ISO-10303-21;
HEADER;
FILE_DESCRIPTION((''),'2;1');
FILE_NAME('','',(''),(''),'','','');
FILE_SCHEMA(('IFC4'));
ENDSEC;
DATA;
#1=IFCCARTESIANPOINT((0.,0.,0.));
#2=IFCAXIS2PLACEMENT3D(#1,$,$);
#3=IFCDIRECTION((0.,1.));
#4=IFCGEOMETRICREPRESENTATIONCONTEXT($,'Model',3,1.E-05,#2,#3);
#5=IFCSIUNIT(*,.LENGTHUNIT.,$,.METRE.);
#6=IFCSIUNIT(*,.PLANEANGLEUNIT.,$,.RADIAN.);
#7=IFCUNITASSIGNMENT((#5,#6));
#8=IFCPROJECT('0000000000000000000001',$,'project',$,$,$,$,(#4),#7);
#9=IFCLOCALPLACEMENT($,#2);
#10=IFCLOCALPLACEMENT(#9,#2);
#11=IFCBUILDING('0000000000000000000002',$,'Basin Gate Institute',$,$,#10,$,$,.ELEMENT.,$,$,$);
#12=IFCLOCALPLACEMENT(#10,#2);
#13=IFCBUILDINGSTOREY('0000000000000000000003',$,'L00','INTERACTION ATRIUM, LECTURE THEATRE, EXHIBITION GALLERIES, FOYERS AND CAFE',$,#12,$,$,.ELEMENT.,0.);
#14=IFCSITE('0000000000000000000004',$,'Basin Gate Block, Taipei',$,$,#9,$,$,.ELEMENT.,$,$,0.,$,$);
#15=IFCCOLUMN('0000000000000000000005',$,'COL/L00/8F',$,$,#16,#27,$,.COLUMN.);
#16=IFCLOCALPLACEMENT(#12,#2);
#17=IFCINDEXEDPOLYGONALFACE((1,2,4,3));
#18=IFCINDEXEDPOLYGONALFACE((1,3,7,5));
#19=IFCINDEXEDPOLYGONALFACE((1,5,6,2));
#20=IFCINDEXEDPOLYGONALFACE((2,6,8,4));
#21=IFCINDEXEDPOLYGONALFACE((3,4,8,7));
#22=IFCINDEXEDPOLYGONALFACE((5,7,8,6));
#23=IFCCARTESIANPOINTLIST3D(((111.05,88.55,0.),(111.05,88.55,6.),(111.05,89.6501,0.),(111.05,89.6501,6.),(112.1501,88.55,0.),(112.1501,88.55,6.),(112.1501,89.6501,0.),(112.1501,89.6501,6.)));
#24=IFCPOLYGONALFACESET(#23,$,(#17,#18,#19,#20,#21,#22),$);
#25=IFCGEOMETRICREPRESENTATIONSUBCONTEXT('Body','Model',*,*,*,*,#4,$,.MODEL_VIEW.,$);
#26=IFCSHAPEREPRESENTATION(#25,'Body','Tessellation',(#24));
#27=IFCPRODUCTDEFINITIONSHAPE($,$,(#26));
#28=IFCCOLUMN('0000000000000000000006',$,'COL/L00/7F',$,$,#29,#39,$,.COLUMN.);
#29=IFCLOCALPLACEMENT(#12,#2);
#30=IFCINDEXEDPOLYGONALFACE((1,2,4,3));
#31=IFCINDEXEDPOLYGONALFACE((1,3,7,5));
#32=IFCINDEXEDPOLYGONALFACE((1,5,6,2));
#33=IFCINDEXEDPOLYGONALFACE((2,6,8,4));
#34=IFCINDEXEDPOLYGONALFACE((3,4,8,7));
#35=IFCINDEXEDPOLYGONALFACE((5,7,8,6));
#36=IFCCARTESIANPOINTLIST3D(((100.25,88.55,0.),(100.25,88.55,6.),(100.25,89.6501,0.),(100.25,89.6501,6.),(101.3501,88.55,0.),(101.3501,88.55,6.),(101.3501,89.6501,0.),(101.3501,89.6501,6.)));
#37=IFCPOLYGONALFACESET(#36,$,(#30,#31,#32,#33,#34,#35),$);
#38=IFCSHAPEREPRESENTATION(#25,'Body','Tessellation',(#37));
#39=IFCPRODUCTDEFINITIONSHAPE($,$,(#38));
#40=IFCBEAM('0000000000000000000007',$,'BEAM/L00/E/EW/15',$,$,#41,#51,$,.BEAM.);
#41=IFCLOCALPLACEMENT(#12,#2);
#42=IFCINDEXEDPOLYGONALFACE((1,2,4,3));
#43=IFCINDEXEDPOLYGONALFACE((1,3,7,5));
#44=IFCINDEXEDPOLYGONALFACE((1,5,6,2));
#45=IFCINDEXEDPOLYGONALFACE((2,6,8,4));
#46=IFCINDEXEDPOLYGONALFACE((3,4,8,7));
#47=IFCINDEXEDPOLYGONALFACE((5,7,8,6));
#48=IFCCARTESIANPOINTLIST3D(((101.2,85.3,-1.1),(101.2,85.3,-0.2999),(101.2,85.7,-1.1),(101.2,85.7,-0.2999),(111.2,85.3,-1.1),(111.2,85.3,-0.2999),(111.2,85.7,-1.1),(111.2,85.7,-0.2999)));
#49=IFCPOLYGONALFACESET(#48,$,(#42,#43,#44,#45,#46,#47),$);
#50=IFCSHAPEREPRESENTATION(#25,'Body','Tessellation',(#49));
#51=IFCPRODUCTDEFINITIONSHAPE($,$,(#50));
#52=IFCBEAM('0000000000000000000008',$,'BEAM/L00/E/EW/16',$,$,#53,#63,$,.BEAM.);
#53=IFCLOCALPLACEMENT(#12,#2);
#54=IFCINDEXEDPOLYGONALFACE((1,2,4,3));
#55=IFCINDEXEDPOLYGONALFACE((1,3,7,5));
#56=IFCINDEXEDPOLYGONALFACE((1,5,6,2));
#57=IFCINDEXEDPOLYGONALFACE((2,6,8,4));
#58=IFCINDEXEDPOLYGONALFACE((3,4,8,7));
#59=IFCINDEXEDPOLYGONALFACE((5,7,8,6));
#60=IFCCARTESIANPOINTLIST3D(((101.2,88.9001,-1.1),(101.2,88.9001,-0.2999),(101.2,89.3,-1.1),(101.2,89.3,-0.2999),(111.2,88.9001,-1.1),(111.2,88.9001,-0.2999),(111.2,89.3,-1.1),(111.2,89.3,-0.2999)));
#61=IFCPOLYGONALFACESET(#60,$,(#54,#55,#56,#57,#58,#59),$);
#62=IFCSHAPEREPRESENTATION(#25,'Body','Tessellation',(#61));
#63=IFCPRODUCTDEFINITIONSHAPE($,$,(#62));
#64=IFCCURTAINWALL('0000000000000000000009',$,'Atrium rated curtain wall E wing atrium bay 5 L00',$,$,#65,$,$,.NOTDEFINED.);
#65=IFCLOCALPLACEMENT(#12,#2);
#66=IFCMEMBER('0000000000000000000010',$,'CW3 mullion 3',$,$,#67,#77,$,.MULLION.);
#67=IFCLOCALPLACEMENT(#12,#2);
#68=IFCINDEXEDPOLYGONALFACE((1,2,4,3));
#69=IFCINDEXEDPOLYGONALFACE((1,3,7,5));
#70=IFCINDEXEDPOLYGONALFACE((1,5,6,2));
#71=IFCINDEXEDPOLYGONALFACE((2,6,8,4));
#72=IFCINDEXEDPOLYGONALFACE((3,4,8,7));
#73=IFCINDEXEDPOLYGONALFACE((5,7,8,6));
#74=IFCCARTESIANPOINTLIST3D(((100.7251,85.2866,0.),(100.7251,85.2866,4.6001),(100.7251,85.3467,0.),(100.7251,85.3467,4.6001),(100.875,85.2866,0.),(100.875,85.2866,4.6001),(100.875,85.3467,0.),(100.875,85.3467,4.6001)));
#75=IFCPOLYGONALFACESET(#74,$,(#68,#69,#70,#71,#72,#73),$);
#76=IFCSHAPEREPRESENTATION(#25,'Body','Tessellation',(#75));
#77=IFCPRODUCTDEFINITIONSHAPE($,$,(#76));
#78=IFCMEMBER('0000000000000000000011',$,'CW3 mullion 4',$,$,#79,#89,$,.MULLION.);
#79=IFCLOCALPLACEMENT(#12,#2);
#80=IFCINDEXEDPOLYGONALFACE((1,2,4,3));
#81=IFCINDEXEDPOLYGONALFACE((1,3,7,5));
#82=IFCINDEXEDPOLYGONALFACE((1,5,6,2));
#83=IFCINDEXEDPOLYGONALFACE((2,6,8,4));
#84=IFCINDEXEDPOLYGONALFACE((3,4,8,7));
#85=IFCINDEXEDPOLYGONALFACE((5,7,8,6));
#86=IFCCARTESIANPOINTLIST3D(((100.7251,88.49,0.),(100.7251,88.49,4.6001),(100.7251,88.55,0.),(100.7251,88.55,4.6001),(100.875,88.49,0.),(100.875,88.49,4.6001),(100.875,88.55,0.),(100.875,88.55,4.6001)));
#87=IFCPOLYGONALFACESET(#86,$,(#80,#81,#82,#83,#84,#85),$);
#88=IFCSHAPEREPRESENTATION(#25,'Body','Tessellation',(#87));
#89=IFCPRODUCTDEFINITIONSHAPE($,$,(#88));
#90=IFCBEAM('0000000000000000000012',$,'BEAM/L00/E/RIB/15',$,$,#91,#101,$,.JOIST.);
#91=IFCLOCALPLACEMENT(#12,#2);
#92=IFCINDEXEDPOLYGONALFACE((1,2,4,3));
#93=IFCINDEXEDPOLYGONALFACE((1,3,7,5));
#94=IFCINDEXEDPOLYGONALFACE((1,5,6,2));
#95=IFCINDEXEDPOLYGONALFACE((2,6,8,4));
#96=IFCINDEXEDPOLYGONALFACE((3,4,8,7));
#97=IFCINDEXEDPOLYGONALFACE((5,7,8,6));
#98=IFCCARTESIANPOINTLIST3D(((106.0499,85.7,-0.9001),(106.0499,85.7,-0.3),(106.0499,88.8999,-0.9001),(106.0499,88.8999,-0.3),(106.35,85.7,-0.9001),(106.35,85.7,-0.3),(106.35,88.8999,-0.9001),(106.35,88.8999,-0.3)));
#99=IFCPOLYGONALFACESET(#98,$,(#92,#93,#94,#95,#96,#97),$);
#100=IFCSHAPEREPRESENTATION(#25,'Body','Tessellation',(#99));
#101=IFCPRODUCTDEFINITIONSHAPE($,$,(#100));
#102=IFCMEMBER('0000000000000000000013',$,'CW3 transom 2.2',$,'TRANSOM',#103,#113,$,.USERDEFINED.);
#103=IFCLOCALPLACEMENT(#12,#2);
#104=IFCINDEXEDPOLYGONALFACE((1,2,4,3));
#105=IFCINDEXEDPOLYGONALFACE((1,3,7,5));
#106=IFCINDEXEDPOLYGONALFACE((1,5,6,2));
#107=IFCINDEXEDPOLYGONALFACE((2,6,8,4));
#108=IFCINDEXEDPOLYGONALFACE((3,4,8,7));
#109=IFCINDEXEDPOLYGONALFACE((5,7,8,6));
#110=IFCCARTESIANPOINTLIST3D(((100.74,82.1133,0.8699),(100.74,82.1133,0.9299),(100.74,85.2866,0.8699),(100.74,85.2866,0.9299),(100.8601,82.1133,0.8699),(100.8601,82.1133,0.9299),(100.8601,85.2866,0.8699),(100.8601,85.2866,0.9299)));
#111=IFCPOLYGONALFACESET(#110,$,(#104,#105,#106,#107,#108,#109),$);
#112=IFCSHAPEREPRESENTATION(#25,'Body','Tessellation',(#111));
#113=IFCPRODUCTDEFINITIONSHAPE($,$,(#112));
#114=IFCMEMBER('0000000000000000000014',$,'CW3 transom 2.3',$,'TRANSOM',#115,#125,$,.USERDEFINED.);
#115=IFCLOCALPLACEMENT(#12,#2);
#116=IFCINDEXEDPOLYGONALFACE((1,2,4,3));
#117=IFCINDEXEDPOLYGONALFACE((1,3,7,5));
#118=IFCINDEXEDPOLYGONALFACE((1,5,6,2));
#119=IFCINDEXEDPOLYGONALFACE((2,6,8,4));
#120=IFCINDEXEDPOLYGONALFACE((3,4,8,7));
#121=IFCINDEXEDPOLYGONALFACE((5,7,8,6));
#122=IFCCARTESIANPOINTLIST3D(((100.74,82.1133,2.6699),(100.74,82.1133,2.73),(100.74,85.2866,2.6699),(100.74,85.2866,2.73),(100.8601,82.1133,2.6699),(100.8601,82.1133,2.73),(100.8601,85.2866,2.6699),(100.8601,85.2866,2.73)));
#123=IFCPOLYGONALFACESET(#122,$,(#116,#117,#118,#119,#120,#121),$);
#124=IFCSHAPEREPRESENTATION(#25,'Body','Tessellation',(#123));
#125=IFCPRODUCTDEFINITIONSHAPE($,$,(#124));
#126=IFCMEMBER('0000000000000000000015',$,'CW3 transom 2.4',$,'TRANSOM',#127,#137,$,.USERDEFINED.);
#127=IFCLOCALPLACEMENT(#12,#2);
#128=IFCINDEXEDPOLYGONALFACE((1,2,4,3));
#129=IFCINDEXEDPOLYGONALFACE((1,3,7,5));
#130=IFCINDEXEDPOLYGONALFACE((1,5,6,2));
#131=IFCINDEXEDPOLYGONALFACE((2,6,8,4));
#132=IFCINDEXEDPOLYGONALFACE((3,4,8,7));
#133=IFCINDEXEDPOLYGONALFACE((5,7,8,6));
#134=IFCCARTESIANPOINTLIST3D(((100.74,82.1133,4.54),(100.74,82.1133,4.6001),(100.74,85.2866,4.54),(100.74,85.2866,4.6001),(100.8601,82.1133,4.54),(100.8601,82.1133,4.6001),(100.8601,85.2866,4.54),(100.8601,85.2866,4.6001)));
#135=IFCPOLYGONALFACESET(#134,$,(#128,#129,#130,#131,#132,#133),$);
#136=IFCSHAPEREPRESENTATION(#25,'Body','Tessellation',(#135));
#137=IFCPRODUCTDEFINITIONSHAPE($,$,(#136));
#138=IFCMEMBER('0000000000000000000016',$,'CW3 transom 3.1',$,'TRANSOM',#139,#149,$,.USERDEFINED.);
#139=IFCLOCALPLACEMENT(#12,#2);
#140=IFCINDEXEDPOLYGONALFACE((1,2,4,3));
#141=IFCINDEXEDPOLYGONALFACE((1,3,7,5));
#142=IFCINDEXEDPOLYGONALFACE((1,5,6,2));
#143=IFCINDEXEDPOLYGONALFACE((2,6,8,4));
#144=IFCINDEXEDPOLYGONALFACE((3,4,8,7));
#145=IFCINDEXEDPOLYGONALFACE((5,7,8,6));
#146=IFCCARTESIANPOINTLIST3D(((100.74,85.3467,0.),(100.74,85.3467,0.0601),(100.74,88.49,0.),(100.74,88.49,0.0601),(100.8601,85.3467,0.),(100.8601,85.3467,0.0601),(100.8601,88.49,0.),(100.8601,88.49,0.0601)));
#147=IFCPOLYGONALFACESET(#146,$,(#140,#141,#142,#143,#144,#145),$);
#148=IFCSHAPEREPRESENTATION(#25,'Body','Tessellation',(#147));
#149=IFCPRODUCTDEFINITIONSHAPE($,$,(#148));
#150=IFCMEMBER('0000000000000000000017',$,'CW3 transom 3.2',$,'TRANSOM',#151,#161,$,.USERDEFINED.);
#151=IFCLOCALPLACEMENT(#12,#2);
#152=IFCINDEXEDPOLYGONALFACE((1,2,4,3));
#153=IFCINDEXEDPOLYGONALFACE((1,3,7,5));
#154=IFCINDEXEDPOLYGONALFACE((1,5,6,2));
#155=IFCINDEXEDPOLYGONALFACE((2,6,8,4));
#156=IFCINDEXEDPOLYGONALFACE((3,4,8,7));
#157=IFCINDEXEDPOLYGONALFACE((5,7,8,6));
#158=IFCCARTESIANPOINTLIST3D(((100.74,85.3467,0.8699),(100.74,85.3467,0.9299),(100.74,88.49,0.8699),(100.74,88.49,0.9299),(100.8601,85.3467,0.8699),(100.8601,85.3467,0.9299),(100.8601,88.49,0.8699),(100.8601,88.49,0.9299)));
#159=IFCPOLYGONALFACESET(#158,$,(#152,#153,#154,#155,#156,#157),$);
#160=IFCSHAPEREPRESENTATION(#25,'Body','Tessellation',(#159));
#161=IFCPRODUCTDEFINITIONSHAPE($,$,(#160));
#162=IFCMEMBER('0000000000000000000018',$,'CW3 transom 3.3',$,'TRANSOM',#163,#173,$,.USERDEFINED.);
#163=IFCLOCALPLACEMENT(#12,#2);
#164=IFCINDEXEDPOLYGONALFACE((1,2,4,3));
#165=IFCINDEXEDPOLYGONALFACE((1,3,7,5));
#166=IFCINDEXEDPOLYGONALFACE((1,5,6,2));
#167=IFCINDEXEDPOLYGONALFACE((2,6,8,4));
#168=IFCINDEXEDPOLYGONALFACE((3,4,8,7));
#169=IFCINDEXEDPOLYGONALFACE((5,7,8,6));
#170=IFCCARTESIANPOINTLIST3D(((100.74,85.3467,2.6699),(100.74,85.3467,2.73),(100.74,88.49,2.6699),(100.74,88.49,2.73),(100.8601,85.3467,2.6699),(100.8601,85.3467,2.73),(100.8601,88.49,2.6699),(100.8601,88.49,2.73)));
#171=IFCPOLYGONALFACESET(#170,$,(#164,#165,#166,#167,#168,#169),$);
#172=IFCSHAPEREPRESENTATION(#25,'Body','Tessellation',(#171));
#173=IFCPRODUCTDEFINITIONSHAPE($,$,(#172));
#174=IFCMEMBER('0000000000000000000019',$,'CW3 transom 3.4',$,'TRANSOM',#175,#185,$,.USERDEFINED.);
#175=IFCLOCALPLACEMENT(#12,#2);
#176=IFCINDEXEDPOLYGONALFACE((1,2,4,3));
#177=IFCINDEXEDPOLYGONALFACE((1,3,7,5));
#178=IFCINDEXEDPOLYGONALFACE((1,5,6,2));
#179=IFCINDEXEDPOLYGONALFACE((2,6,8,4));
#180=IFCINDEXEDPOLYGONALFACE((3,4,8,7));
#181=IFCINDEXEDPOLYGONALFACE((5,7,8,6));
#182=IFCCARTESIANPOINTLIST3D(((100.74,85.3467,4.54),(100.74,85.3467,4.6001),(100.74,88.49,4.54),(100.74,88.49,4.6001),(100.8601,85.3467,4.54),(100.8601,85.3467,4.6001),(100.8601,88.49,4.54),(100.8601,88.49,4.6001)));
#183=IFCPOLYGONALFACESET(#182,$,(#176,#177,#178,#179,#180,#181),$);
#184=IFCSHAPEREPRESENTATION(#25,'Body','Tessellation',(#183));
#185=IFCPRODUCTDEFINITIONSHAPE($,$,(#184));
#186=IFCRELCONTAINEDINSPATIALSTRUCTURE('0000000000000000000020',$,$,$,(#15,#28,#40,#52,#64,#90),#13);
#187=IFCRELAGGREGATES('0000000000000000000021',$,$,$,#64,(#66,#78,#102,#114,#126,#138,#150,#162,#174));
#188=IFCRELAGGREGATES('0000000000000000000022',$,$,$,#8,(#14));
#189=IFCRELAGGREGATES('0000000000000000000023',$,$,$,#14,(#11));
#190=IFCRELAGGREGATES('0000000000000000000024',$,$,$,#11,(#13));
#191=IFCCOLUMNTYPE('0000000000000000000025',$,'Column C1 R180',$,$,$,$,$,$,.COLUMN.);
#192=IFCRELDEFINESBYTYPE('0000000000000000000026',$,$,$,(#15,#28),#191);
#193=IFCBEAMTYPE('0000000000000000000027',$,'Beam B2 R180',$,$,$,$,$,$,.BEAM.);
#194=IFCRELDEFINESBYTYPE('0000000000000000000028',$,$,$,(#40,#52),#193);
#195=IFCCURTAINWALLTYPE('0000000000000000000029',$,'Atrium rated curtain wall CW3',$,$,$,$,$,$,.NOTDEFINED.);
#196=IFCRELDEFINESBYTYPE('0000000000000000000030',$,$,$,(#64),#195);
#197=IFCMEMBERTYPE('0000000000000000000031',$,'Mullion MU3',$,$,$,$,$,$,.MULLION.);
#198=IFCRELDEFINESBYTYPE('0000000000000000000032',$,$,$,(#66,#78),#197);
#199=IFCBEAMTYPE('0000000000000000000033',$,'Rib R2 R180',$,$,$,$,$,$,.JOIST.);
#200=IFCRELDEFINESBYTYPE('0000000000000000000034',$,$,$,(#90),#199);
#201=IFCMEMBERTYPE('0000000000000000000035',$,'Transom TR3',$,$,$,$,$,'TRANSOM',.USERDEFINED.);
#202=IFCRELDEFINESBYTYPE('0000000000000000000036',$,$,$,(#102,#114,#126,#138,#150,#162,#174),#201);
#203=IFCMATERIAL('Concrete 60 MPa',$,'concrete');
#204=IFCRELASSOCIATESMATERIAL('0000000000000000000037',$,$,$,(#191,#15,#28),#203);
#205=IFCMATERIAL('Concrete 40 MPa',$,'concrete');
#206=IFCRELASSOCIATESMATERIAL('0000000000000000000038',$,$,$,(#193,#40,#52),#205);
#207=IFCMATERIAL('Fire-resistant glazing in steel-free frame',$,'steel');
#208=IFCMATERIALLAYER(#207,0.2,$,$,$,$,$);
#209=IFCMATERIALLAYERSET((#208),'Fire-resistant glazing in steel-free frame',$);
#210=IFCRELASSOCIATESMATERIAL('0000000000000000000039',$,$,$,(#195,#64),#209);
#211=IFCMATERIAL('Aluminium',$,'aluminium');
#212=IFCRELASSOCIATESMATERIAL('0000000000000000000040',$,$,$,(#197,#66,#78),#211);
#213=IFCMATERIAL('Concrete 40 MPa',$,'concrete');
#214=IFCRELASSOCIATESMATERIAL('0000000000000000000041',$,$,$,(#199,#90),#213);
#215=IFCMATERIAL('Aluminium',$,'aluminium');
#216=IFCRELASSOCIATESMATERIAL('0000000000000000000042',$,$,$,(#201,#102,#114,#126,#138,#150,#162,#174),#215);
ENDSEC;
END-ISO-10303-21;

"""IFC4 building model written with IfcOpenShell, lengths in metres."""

from ifc_helpers import new_model, si_unit, direction, frame, origin, origin_2d, place, context, subcontext, project, spatial, rectangle, extrude, material, layer, layer_set, material_profile, profile_set, type_object, element, aggregate, save


model = new_model("IFC4")

# Units and contexts
model_context = context("Model", 3, precision=1e-05, world=origin(), true_north=direction((0.0, 1.0)))
body_context = subcontext(model_context, "Body", "Model", "MODEL_VIEW")
ifc_project = project(units=[si_unit("LENGTHUNIT", "METRE"), si_unit("PLANEANGLEUNIT", "RADIAN")], contexts=[model_context])

# Site, building, storey
site_placement = place(None, origin())
site = spatial("IfcSite", under=ifc_project, at=site_placement, Name="Basin Gate Block, Taipei", CompositionType="ELEMENT", RefElevation=0.0)
building_placement = place(site_placement, origin())
building = spatial("IfcBuilding", under=site, at=building_placement, Name="Basin Gate Institute", CompositionType="ELEMENT")
storey_placement = place(building_placement, origin())
storey = spatial("IfcBuildingStorey", under=building, at=storey_placement, Name="L00", Description="INTERACTION ATRIUM, LECTURE THEATRE, EXHIBITION GALLERIES, FOYERS AND CAFE", CompositionType="ELEMENT", Elevation=0.0)

# Columns
ifc_material_1 = material(Name="Concrete 60 MPa", Category="concrete")
ifc_material_profile_1 = material_profile(ifc_material_1, rectangle(XDim=1.1001, YDim=1.1001, at=origin_2d()), Name="Column C1 1100 x 1100")
ifc_profile_set_1 = profile_set([ifc_material_profile_1], Name="Concrete 60 MPa")
column_type = type_object("IfcColumnType", Name="Column C1 R180", PredefinedType="COLUMN", material=ifc_profile_set_1)
for number, where, z_axis, x_axis, name in (
    (1, (111.6001, 89.1001, 0.0), (0.0, 0.0, 1.0), (1.0, 0.0, 0.0), "COL/L00/8F"),
    (2, (100.8, 89.1001, 0.0), (0.0, 0.0, 1.0), (1.0, 0.0, 0.0), "COL/L00/7F"),
):
    element("IfcColumn", number, at=place(storey_placement, frame(where, z_axis=z_axis, x_axis=x_axis)), inside=storey, type_object=column_type, material=ifc_profile_set_1, Name=name, PredefinedType="COLUMN", context=body_context, shape_type="SweptSolid", body=[
        extrude(rectangle(XDim=1.1001, YDim=1.1001, at=origin_2d()), origin(), (0.0, 0.0, 1.0), 6.0),
    ])

# Beams
ifc_material_2 = material(Name="Concrete 40 MPa", Category="concrete")
ifc_material_profile_2 = material_profile(ifc_material_2, rectangle(XDim=0.3999, YDim=0.8, at=origin_2d()), Name="Beam B2 400 x 800")
ifc_profile_set_2 = profile_set([ifc_material_profile_2], Name="Concrete 40 MPa")
beam_type_1 = type_object("IfcBeamType", Name="Beam B2 R180", PredefinedType="BEAM", material=ifc_profile_set_2)
for number, where, z_axis, x_axis, name in (
    (3, (111.2, 85.5, -0.7), (-1.0, 0.0, 0.0), (0.0, -1.0, 0.0), "BEAM/L00/E/EW/15"),
    (4, (111.2, 89.1001, -0.7), (-1.0, 0.0, 0.0), (0.0, -1.0, 0.0), "BEAM/L00/E/EW/16"),
):
    element("IfcBeam", number, at=place(storey_placement, frame(where, z_axis=z_axis, x_axis=x_axis)), inside=storey, type_object=beam_type_1, material=ifc_profile_set_2, Name=name, PredefinedType="BEAM", context=body_context, shape_type="SweptSolid", body=[
        extrude(rectangle(XDim=0.3999, YDim=0.8, at=origin_2d()), origin(), (0.0, 0.0, 1.0), 10.0),
    ])

# Curtain wall, members
ifc_material_3 = material(Name="Fire-resistant glazing in steel-free frame", Category="steel")
ifc_layer_1 = layer(ifc_material_3, 0.2)
ifc_layer_set_1 = layer_set([ifc_layer_1], Name="Fire-resistant glazing in steel-free frame")
curtain_wall_type = type_object("IfcCurtainWallType", Name="Atrium rated curtain wall CW3", PredefinedType="NOTDEFINED", material=ifc_layer_set_1)
curtain_wall_placement = place(storey_placement, origin())
curtain_wall = element("IfcCurtainWall", 5, at=curtain_wall_placement, inside=storey, type_object=curtain_wall_type, material=ifc_layer_set_1, Name="Atrium rated curtain wall E wing atrium bay 5 L00", PredefinedType="NOTDEFINED")
ifc_material_4 = material(Name="Aluminium", Category="aluminium")
ifc_material_profile_3 = material_profile(ifc_material_4, rectangle(XDim=0.1499, YDim=0.0601, at=origin_2d()), Name="Mullion MU3 150 x 60")
ifc_profile_set_3 = profile_set([ifc_material_profile_3], Name="Aluminium")
member_type_1 = type_object("IfcMemberType", Name="Mullion MU3", PredefinedType="MULLION", material=ifc_profile_set_3)
member_1_placement = place(storey_placement, frame((100.8, 85.3167, 0.0), z_axis=(0.0, 0.0, 1.0), x_axis=(-1.0, 0.0, 0.0)))
member_1 = element("IfcMember", 6, at=member_1_placement, type_object=member_type_1, material=ifc_profile_set_3, Name="CW3 mullion 3", PredefinedType="MULLION", context=body_context, shape_type="SweptSolid", body=[
    extrude(rectangle(XDim=0.1499, YDim=0.0601, at=origin_2d()), origin(), (0.0, 0.0, 1.0), 4.6001),
])
member_2_placement = place(storey_placement, frame((100.8, 88.52, 0.0), z_axis=(0.0, 0.0, 1.0), x_axis=(-1.0, 0.0, 0.0)))
member_2 = element("IfcMember", 7, at=member_2_placement, type_object=member_type_1, material=ifc_profile_set_3, Name="CW3 mullion 4", PredefinedType="MULLION", context=body_context, shape_type="SweptSolid", body=[
    extrude(rectangle(XDim=0.1499, YDim=0.0601, at=origin_2d()), origin(), (0.0, 0.0, 1.0), 4.6001),
])

# Beam
ifc_material_5 = material(Name="Concrete 40 MPa", Category="concrete")
ifc_material_profile_4 = material_profile(ifc_material_5, rectangle(XDim=0.3, YDim=0.6001, at=origin_2d()), Name="Rib R2 300 x 600")
ifc_profile_set_4 = profile_set([ifc_material_profile_4], Name="Concrete 40 MPa")
beam_type_2 = type_object("IfcBeamType", Name="Rib R2 R180", PredefinedType="JOIST", material=ifc_profile_set_4)
beam_placement = place(storey_placement, frame((106.2, 85.7, -0.6001), z_axis=(0.0, 1.0, 0.0), x_axis=(-1.0, 0.0, 0.0)))
element("IfcBeam", 8, at=beam_placement, inside=storey, type_object=beam_type_2, material=ifc_profile_set_4, Name="BEAM/L00/E/RIB/15", PredefinedType="JOIST", context=body_context, shape_type="SweptSolid", body=[
    extrude(rectangle(XDim=0.3, YDim=0.6001, at=origin_2d()), origin(), (0.0, 0.0, 1.0), 3.2),
])

# Members
ifc_material_6 = material(Name="Aluminium", Category="aluminium")
ifc_material_profile_5 = material_profile(ifc_material_6, rectangle(XDim=0.1201, YDim=0.0601, at=origin_2d()), Name="Transom TR3 120 x 60")
ifc_profile_set_5 = profile_set([ifc_material_profile_5], Name="Aluminium")
member_type_2 = type_object("IfcMemberType", Name="Transom TR3", ElementType="TRANSOM", PredefinedType="USERDEFINED", material=ifc_profile_set_5)
member_3_placement = place(storey_placement, frame((100.8, 82.1133, 0.8999), z_axis=(0.0, 1.0, 0.0), x_axis=(-1.0, 0.0, 0.0)))
member_3 = element("IfcMember", 9, at=member_3_placement, type_object=member_type_2, material=ifc_profile_set_5, Name="CW3 transom 2.2", ObjectType="TRANSOM", PredefinedType="USERDEFINED", context=body_context, shape_type="SweptSolid", body=[
    extrude(rectangle(XDim=0.1201, YDim=0.0601, at=origin_2d()), origin(), (0.0, 0.0, 1.0), 3.1733),
])
member_4_placement = place(storey_placement, frame((100.8, 82.1133, 2.7), z_axis=(0.0, 1.0, 0.0), x_axis=(-1.0, 0.0, 0.0)))
member_4 = element("IfcMember", 10, at=member_4_placement, type_object=member_type_2, material=ifc_profile_set_5, Name="CW3 transom 2.3", ObjectType="TRANSOM", PredefinedType="USERDEFINED", context=body_context, shape_type="SweptSolid", body=[
    extrude(rectangle(XDim=0.1201, YDim=0.0601, at=origin_2d()), origin(), (0.0, 0.0, 1.0), 3.1733),
])
member_5_placement = place(storey_placement, frame((100.8, 82.1133, 4.5701), z_axis=(0.0, 1.0, 0.0), x_axis=(-1.0, 0.0, 0.0)))
member_5 = element("IfcMember", 11, at=member_5_placement, type_object=member_type_2, material=ifc_profile_set_5, Name="CW3 transom 2.4", ObjectType="TRANSOM", PredefinedType="USERDEFINED", context=body_context, shape_type="SweptSolid", body=[
    extrude(rectangle(XDim=0.1201, YDim=0.0601, at=origin_2d()), origin(), (0.0, 0.0, 1.0), 3.1733),
])
member_6_placement = place(storey_placement, frame((100.8, 85.3467, 0.03), z_axis=(0.0, 1.0, 0.0), x_axis=(-1.0, 0.0, 0.0)))
member_6 = element("IfcMember", 12, at=member_6_placement, type_object=member_type_2, material=ifc_profile_set_5, Name="CW3 transom 3.1", ObjectType="TRANSOM", PredefinedType="USERDEFINED", context=body_context, shape_type="SweptSolid", body=[
    extrude(rectangle(XDim=0.1201, YDim=0.0601, at=origin_2d()), origin(), (0.0, 0.0, 1.0), 3.1433),
])
member_7_placement = place(storey_placement, frame((100.8, 85.3467, 0.8999), z_axis=(0.0, 1.0, 0.0), x_axis=(-1.0, 0.0, 0.0)))
member_7 = element("IfcMember", 13, at=member_7_placement, type_object=member_type_2, material=ifc_profile_set_5, Name="CW3 transom 3.2", ObjectType="TRANSOM", PredefinedType="USERDEFINED", context=body_context, shape_type="SweptSolid", body=[
    extrude(rectangle(XDim=0.1201, YDim=0.0601, at=origin_2d()), origin(), (0.0, 0.0, 1.0), 3.1433),
])
member_8_placement = place(storey_placement, frame((100.8, 85.3467, 2.7), z_axis=(0.0, 1.0, 0.0), x_axis=(-1.0, 0.0, 0.0)))
member_8 = element("IfcMember", 14, at=member_8_placement, type_object=member_type_2, material=ifc_profile_set_5, Name="CW3 transom 3.3", ObjectType="TRANSOM", PredefinedType="USERDEFINED", context=body_context, shape_type="SweptSolid", body=[
    extrude(rectangle(XDim=0.1201, YDim=0.0601, at=origin_2d()), origin(), (0.0, 0.0, 1.0), 3.1433),
])
member_9_placement = place(storey_placement, frame((100.8, 85.3467, 4.5701), z_axis=(0.0, 1.0, 0.0), x_axis=(-1.0, 0.0, 0.0)))
member_9 = element("IfcMember", 15, at=member_9_placement, type_object=member_type_2, material=ifc_profile_set_5, Name="CW3 transom 3.4", ObjectType="TRANSOM", PredefinedType="USERDEFINED", context=body_context, shape_type="SweptSolid", body=[
    extrude(rectangle(XDim=0.1201, YDim=0.0601, at=origin_2d()), origin(), (0.0, 0.0, 1.0), 3.1433),
])

aggregate(curtain_wall, [member_1, member_2, member_3, member_4, member_5, member_6, member_7, member_8, member_9])

save(model, "model.ifc")
